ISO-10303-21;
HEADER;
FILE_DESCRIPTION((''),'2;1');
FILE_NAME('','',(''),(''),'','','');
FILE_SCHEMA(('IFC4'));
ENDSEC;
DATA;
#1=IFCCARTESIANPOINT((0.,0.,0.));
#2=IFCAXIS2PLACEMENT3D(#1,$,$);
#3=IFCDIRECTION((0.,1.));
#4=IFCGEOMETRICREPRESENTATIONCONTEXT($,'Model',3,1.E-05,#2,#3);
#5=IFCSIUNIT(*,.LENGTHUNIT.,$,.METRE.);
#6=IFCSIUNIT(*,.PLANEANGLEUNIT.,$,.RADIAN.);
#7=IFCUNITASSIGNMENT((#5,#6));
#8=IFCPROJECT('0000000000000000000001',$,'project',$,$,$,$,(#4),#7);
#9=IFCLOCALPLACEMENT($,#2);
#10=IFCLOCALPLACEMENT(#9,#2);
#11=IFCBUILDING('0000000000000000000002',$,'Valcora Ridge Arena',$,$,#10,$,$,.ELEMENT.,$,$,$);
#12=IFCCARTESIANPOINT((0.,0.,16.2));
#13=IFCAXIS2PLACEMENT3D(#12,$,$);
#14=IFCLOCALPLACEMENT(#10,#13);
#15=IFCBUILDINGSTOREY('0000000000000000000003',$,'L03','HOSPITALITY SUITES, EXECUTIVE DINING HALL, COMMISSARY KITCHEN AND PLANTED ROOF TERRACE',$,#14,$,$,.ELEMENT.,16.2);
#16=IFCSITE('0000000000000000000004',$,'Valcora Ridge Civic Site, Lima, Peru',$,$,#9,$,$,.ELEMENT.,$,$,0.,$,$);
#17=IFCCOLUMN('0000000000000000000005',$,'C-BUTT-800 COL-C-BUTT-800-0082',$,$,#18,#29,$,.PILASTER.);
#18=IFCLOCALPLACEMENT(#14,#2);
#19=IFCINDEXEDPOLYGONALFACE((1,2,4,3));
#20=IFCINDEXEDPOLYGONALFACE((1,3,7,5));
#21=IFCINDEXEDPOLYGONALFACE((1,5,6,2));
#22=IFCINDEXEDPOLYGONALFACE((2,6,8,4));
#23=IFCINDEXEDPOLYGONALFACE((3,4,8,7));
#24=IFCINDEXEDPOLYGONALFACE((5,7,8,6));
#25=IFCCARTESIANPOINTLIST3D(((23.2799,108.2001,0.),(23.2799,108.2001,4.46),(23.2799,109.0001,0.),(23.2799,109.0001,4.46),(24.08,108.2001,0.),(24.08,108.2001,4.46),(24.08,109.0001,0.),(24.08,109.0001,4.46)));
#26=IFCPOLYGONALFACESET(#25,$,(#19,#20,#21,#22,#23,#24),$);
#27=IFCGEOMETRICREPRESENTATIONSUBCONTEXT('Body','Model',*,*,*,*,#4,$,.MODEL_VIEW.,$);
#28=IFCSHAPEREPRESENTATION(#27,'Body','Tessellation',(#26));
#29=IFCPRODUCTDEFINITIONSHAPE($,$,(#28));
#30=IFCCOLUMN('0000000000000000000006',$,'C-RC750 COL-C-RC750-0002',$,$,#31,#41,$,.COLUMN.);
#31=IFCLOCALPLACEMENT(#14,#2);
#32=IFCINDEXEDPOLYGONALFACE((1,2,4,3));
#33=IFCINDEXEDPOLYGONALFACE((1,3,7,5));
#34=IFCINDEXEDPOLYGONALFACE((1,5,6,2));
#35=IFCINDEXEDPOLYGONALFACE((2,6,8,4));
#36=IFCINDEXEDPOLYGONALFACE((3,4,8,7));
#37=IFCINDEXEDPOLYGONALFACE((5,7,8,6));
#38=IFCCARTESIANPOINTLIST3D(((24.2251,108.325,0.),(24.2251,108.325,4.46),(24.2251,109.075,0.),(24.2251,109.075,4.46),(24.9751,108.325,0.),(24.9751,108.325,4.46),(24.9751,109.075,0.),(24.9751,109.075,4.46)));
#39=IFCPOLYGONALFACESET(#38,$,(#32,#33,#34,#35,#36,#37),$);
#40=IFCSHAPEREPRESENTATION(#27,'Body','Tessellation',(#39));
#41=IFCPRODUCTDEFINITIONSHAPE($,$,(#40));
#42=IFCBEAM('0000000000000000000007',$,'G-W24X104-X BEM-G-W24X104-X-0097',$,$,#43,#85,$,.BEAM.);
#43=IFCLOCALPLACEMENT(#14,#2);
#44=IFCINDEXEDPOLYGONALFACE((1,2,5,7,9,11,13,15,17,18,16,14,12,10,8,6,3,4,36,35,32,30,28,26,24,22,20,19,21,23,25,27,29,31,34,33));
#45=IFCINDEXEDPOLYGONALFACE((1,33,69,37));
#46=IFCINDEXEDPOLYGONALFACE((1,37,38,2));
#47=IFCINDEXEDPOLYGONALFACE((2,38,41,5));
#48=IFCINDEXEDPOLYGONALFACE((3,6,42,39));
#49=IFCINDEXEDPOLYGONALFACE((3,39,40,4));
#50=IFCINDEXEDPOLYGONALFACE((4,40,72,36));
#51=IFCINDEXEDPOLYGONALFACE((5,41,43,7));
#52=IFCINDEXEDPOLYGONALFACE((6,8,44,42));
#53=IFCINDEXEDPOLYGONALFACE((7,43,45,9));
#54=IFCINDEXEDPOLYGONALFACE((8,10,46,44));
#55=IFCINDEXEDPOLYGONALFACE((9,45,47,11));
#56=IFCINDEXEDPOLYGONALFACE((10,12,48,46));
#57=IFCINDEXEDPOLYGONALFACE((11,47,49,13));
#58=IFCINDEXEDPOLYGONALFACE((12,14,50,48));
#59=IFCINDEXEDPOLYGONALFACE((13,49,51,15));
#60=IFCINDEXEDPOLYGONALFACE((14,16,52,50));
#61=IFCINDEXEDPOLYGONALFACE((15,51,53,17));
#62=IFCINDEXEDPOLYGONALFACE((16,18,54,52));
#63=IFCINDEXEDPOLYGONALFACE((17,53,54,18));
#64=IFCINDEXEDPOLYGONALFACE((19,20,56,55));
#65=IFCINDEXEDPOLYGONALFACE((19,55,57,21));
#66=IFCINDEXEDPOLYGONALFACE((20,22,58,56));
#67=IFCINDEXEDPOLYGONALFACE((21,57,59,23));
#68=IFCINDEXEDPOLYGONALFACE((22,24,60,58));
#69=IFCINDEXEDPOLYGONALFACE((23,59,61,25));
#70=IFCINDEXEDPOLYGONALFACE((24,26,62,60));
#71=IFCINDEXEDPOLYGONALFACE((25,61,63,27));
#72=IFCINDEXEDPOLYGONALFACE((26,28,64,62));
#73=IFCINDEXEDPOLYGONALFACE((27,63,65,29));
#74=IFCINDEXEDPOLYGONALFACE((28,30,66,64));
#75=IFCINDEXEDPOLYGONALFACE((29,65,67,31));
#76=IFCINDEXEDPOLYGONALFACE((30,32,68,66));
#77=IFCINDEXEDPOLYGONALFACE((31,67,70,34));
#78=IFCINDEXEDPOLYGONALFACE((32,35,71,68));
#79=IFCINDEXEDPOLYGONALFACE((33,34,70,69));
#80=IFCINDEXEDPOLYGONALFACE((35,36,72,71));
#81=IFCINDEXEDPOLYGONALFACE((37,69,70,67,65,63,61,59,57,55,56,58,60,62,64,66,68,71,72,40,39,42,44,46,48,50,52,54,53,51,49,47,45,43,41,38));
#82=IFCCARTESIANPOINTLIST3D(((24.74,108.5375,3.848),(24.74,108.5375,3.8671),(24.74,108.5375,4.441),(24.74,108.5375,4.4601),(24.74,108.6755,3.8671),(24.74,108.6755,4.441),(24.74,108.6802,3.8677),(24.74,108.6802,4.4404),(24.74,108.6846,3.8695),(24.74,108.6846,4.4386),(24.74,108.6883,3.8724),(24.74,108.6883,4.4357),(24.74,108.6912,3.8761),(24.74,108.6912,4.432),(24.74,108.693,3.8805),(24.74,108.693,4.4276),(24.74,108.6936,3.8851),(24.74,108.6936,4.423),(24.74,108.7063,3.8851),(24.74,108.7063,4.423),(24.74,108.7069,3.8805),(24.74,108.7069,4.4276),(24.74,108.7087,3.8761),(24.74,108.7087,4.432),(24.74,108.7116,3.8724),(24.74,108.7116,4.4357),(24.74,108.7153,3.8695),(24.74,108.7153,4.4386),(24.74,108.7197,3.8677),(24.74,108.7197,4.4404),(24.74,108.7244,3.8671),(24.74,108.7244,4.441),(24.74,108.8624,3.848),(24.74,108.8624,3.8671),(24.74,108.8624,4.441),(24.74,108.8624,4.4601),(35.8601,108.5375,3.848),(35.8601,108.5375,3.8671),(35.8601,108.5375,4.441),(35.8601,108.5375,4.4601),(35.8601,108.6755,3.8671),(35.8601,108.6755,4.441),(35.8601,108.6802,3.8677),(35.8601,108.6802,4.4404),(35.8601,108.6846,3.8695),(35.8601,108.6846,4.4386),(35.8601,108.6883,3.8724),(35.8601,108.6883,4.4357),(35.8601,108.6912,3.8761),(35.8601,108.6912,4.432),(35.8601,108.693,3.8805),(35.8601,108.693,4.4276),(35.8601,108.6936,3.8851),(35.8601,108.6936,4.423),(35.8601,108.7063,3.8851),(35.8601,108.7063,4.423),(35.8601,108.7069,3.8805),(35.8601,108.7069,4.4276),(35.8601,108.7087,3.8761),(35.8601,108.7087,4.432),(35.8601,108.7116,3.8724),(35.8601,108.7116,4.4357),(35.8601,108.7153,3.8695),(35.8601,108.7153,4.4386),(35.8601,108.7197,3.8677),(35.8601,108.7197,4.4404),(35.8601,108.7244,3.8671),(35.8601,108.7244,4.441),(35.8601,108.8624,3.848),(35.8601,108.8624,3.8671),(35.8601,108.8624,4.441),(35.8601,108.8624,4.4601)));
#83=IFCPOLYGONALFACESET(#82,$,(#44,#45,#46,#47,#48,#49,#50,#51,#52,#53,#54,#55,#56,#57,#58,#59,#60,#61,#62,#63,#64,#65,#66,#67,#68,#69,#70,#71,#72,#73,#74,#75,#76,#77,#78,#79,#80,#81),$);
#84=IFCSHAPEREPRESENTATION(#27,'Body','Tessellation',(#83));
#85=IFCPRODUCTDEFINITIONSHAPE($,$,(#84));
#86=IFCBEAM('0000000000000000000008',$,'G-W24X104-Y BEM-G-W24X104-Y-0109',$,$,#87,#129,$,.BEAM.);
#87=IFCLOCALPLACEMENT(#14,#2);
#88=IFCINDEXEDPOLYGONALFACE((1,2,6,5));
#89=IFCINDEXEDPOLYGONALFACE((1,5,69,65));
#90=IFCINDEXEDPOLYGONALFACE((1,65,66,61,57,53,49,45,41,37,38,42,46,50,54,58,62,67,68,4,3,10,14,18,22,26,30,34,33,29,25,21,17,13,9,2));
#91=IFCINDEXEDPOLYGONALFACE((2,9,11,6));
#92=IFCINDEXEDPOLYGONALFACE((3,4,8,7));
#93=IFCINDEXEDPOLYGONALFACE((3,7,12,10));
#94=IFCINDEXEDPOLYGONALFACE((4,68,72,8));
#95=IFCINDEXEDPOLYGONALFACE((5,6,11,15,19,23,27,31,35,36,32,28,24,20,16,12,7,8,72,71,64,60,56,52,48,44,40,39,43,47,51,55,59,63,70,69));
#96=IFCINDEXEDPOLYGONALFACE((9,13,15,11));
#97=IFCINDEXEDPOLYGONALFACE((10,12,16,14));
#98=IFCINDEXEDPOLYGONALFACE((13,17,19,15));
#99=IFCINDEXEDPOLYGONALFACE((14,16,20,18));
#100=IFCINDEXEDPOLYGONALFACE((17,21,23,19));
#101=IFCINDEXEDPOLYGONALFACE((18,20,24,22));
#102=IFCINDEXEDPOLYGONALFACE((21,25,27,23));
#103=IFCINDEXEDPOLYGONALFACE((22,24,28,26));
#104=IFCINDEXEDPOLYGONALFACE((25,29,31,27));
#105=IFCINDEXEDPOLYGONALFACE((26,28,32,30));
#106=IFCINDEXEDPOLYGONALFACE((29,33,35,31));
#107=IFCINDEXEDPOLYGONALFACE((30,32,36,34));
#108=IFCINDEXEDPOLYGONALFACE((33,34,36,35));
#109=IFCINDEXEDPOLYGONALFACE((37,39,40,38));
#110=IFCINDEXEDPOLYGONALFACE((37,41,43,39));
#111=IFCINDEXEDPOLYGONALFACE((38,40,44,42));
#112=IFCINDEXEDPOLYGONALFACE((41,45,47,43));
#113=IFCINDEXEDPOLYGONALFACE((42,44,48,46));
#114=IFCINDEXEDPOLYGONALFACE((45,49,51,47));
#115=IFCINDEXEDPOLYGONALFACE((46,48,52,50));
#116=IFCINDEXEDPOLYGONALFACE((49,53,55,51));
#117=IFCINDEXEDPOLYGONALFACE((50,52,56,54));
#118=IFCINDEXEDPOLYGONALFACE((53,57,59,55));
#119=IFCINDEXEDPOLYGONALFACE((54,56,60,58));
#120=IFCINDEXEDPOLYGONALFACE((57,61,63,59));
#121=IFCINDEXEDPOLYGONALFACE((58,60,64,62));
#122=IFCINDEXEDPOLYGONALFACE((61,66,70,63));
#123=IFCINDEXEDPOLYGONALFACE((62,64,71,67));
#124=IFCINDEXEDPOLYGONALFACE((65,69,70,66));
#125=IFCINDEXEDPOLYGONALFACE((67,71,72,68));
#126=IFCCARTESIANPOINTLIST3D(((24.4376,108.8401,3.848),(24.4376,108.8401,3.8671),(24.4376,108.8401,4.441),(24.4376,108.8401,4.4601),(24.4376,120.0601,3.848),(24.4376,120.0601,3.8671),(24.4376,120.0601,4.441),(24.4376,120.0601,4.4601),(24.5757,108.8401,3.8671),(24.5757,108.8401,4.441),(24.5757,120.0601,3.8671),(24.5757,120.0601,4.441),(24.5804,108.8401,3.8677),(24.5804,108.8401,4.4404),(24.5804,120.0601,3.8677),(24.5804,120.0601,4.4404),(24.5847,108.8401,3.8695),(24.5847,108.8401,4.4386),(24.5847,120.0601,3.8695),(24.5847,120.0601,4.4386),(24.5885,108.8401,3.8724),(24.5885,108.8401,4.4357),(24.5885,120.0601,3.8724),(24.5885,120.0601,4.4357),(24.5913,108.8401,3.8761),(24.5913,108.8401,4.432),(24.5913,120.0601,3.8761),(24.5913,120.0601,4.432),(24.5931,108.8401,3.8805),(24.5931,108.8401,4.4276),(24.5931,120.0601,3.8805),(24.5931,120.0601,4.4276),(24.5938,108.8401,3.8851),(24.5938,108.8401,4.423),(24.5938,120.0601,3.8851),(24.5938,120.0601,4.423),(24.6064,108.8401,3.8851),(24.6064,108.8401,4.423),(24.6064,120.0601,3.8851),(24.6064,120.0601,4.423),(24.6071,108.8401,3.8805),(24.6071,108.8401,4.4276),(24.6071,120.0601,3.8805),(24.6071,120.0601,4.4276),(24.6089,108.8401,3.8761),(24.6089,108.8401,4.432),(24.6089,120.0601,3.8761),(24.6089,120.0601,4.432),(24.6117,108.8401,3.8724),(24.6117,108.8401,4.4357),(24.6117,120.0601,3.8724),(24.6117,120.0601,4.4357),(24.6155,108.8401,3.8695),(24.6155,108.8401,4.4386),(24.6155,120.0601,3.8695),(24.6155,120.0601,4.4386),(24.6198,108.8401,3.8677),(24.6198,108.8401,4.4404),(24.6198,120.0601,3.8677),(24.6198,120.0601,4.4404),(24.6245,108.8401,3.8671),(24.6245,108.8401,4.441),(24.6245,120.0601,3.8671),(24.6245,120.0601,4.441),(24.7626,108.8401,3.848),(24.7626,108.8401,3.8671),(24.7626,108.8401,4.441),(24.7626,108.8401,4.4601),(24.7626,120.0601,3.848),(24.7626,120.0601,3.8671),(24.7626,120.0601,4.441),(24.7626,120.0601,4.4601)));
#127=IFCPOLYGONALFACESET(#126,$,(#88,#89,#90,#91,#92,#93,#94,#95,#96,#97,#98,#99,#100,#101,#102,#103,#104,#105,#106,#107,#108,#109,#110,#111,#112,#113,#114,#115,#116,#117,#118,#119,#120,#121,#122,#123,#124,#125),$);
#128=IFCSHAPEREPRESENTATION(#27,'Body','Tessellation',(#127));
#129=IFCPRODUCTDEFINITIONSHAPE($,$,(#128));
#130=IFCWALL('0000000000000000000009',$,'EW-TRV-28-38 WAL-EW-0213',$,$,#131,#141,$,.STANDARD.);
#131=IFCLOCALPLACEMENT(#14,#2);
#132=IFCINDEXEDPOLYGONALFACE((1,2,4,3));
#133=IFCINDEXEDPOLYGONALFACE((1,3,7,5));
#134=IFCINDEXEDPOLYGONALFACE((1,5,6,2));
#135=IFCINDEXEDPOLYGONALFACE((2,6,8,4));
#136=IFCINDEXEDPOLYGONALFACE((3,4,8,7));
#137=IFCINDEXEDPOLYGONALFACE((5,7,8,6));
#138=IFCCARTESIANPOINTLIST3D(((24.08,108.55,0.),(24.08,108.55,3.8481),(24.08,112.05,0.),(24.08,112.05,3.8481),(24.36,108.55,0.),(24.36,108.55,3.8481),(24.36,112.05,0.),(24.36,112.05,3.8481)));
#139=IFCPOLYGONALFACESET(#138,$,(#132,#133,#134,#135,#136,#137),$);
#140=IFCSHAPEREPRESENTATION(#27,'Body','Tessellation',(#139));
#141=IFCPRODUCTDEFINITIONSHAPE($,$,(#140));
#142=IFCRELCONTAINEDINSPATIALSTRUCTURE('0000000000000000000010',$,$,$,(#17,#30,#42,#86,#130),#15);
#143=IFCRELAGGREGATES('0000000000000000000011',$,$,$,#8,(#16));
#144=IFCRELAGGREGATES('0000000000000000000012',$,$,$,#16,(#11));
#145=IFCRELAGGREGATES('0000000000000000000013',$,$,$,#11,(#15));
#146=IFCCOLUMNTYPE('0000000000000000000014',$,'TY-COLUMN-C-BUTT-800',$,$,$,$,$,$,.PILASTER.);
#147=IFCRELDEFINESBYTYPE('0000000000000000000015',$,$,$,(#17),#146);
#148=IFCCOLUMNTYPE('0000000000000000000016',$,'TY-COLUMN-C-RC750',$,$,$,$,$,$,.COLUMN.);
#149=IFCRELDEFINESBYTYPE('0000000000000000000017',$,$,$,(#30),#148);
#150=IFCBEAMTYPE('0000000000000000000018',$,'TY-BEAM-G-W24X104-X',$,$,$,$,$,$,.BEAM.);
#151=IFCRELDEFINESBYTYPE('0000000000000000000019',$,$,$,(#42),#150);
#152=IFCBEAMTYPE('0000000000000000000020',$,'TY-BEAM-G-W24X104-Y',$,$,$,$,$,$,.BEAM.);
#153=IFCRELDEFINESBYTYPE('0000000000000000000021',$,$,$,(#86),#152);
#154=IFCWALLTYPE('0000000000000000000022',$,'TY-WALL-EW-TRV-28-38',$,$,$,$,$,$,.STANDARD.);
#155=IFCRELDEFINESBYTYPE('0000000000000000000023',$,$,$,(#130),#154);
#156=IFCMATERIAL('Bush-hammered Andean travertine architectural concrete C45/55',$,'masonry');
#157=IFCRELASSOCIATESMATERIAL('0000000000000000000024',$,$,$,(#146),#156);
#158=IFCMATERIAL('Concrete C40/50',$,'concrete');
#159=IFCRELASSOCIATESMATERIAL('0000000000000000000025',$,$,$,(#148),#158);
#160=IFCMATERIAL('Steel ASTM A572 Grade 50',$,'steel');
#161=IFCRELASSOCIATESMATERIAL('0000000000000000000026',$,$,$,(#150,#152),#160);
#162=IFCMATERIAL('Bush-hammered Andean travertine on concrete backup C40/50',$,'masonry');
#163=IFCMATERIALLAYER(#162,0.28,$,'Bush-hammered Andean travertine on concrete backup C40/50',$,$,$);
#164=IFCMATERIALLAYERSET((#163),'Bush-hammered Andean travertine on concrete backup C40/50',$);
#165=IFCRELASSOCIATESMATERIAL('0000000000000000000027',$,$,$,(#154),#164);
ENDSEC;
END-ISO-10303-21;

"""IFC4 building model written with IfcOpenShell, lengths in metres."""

from ifc_helpers import new_model, si_unit, direction, frame, frame_2d, origin, origin_2d, place, context, subcontext, project, spatial, rectangle, i_section, extrude, material, layer, layer_set, material_profile, profile_set, type_object, element, save


model = new_model("IFC4")

# Units and contexts
model_context = context("Model", 3, precision=1e-05, world=origin(), true_north=direction((0.0, 1.0)))
body_context = subcontext(model_context, "Body", "Model", "MODEL_VIEW")
ifc_project = project(units=[si_unit("LENGTHUNIT", "METRE"), si_unit("PLANEANGLEUNIT", "RADIAN")], contexts=[model_context])

# Site, building, storey
site_placement = place(None, origin())
site = spatial("IfcSite", under=ifc_project, at=site_placement, Name="Valcora Ridge Civic Site, Lima, Peru", CompositionType="ELEMENT", RefElevation=0.0)
building_placement = place(site_placement, origin())
building = spatial("IfcBuilding", under=site, at=building_placement, Name="Valcora Ridge Arena", CompositionType="ELEMENT")
storey_placement = place(building_placement, frame((0.0, 0.0, 16.2)))
storey = spatial("IfcBuildingStorey", under=building, at=storey_placement, Name="L03", Description="HOSPITALITY SUITES, EXECUTIVE DINING HALL, COMMISSARY KITCHEN AND PLANTED ROOF TERRACE", CompositionType="ELEMENT", Elevation=16.2)

# Columns
ifc_material_1 = material(Name="Bush-hammered Andean travertine architectural concrete C45/55", Category="masonry")
ifc_material_profile_1 = material_profile(ifc_material_1, rectangle(XDim=0.8, YDim=0.8, at=origin_2d()), Name="RC 800x800")
ifc_profile_set_1 = profile_set([ifc_material_profile_1], Name="Bush-hammered Andean travertine architectural concrete C45/55")
column_type_1 = type_object("IfcColumnType", Name="TY-COLUMN-C-BUTT-800", PredefinedType="PILASTER", material=ifc_profile_set_1)
column_1_placement = place(storey_placement, frame((23.6799, 108.6001, 0.0), z_axis=(0.0, 0.0, 1.0), x_axis=(1.0, 0.0, 0.0)))
element("IfcColumn", 1, at=column_1_placement, inside=storey, type_object=column_type_1, Name="C-BUTT-800 COL-C-BUTT-800-0082", PredefinedType="PILASTER", context=body_context, shape_type="SweptSolid", body=[
    extrude(rectangle(XDim=0.8, YDim=0.8, at=origin_2d()), origin(), (0.0, 0.0, 1.0), 4.46),
])
ifc_material_2 = material(Name="Concrete C40/50", Category="concrete")
ifc_material_profile_2 = material_profile(ifc_material_2, rectangle(XDim=0.75, YDim=0.75, at=origin_2d()), Name="RC 750x750")
ifc_profile_set_2 = profile_set([ifc_material_profile_2], Name="Concrete C40/50")
column_type_2 = type_object("IfcColumnType", Name="TY-COLUMN-C-RC750", PredefinedType="COLUMN", material=ifc_profile_set_2)
column_2_placement = place(storey_placement, frame((24.6001, 108.7, 0.0), z_axis=(0.0, 0.0, 1.0), x_axis=(1.0, 0.0, 0.0)))
element("IfcColumn", 2, at=column_2_placement, inside=storey, type_object=column_type_2, Name="C-RC750 COL-C-RC750-0002", PredefinedType="COLUMN", context=body_context, shape_type="SweptSolid", body=[
    extrude(rectangle(XDim=0.75, YDim=0.75, at=origin_2d()), origin(), (0.0, 0.0, 1.0), 4.46),
])

# Beams
ifc_material_3 = material(Name="Steel ASTM A572 Grade 50", Category="steel")
ifc_material_profile_3 = material_profile(ifc_material_3, i_section(OverallWidth=0.325, OverallDepth=0.6121, WebThickness=0.0127, FlangeThickness=0.019, FilletRadius=0.0181, at=origin_2d()), Name="W24X104")
ifc_profile_set_3 = profile_set([ifc_material_profile_3], Name="Steel ASTM A572 Grade 50")
beam_type_1 = type_object("IfcBeamType", Name="TY-BEAM-G-W24X104-X", PredefinedType="BEAM", material=ifc_profile_set_3)
beam_1_placement = place(storey_placement, frame((24.74, 108.7, 4.1541), z_axis=(1.0, 0.0, 0.0), x_axis=(0.0, 1.0, 0.0)))
element("IfcBeam", 3, at=beam_1_placement, inside=storey, type_object=beam_type_1, Name="G-W24X104-X BEM-G-W24X104-X-0097", PredefinedType="BEAM", context=body_context, shape_type="SweptSolid", body=[
    extrude(i_section(OverallWidth=0.325, OverallDepth=0.6121, WebThickness=0.0127, FlangeThickness=0.019, FilletRadius=0.0181, at=origin_2d()), origin(), (0.0, 0.0, 1.0), 11.1201),
])
ifc_material_profile_4 = material_profile(ifc_material_3, i_section(OverallWidth=0.325, OverallDepth=0.6121, WebThickness=0.0127, FlangeThickness=0.019, FilletRadius=0.0181, at=origin_2d()), Name="W24X104")
ifc_profile_set_4 = profile_set([ifc_material_profile_4], Name="Steel ASTM A572 Grade 50")
beam_type_2 = type_object("IfcBeamType", Name="TY-BEAM-G-W24X104-Y", PredefinedType="BEAM", material=ifc_profile_set_4)
beam_2_placement = place(storey_placement, frame((24.6001, 108.8401, 4.1541), z_axis=(0.0, 1.0, 0.0), x_axis=(-1.0, 0.0, 0.0)))
element("IfcBeam", 4, at=beam_2_placement, inside=storey, type_object=beam_type_2, Name="G-W24X104-Y BEM-G-W24X104-Y-0109", PredefinedType="BEAM", context=body_context, shape_type="SweptSolid", body=[
    extrude(i_section(OverallWidth=0.325, OverallDepth=0.6121, WebThickness=0.0127, FlangeThickness=0.019, FilletRadius=0.0181, at=origin_2d()), origin(), (0.0, 0.0, 1.0), 11.22),
])

# Wall
ifc_material_4 = material(Name="Bush-hammered Andean travertine on concrete backup C40/50", Category="masonry")
ifc_layer_1 = layer(ifc_material_4, 0.28, Name="Bush-hammered Andean travertine on concrete backup C40/50")
ifc_layer_set_1 = layer_set([ifc_layer_1], Name="Bush-hammered Andean travertine on concrete backup C40/50")
wall_type_1 = type_object("IfcWallType", Name="TY-WALL-EW-TRV-28-38", PredefinedType="STANDARD", material=ifc_layer_set_1)
wall_1_placement = place(storey_placement, frame((24.22, 108.55, 0.0), z_axis=(0.0, 0.0, 1.0), x_axis=(0.0, 1.0, 0.0)))
element("IfcWall", 5, at=wall_1_placement, inside=storey, type_object=wall_type_1, Name="EW-TRV-28-38 WAL-EW-0213", PredefinedType="STANDARD", context=body_context, shape_type="SweptSolid", body=[
    extrude(rectangle(XDim=3.5, YDim=0.28, at=frame_2d((1.75, 0.0))), origin(), (0.0, 0.0, 1.0), 3.8481),
])

save(model, "model.ifc")
